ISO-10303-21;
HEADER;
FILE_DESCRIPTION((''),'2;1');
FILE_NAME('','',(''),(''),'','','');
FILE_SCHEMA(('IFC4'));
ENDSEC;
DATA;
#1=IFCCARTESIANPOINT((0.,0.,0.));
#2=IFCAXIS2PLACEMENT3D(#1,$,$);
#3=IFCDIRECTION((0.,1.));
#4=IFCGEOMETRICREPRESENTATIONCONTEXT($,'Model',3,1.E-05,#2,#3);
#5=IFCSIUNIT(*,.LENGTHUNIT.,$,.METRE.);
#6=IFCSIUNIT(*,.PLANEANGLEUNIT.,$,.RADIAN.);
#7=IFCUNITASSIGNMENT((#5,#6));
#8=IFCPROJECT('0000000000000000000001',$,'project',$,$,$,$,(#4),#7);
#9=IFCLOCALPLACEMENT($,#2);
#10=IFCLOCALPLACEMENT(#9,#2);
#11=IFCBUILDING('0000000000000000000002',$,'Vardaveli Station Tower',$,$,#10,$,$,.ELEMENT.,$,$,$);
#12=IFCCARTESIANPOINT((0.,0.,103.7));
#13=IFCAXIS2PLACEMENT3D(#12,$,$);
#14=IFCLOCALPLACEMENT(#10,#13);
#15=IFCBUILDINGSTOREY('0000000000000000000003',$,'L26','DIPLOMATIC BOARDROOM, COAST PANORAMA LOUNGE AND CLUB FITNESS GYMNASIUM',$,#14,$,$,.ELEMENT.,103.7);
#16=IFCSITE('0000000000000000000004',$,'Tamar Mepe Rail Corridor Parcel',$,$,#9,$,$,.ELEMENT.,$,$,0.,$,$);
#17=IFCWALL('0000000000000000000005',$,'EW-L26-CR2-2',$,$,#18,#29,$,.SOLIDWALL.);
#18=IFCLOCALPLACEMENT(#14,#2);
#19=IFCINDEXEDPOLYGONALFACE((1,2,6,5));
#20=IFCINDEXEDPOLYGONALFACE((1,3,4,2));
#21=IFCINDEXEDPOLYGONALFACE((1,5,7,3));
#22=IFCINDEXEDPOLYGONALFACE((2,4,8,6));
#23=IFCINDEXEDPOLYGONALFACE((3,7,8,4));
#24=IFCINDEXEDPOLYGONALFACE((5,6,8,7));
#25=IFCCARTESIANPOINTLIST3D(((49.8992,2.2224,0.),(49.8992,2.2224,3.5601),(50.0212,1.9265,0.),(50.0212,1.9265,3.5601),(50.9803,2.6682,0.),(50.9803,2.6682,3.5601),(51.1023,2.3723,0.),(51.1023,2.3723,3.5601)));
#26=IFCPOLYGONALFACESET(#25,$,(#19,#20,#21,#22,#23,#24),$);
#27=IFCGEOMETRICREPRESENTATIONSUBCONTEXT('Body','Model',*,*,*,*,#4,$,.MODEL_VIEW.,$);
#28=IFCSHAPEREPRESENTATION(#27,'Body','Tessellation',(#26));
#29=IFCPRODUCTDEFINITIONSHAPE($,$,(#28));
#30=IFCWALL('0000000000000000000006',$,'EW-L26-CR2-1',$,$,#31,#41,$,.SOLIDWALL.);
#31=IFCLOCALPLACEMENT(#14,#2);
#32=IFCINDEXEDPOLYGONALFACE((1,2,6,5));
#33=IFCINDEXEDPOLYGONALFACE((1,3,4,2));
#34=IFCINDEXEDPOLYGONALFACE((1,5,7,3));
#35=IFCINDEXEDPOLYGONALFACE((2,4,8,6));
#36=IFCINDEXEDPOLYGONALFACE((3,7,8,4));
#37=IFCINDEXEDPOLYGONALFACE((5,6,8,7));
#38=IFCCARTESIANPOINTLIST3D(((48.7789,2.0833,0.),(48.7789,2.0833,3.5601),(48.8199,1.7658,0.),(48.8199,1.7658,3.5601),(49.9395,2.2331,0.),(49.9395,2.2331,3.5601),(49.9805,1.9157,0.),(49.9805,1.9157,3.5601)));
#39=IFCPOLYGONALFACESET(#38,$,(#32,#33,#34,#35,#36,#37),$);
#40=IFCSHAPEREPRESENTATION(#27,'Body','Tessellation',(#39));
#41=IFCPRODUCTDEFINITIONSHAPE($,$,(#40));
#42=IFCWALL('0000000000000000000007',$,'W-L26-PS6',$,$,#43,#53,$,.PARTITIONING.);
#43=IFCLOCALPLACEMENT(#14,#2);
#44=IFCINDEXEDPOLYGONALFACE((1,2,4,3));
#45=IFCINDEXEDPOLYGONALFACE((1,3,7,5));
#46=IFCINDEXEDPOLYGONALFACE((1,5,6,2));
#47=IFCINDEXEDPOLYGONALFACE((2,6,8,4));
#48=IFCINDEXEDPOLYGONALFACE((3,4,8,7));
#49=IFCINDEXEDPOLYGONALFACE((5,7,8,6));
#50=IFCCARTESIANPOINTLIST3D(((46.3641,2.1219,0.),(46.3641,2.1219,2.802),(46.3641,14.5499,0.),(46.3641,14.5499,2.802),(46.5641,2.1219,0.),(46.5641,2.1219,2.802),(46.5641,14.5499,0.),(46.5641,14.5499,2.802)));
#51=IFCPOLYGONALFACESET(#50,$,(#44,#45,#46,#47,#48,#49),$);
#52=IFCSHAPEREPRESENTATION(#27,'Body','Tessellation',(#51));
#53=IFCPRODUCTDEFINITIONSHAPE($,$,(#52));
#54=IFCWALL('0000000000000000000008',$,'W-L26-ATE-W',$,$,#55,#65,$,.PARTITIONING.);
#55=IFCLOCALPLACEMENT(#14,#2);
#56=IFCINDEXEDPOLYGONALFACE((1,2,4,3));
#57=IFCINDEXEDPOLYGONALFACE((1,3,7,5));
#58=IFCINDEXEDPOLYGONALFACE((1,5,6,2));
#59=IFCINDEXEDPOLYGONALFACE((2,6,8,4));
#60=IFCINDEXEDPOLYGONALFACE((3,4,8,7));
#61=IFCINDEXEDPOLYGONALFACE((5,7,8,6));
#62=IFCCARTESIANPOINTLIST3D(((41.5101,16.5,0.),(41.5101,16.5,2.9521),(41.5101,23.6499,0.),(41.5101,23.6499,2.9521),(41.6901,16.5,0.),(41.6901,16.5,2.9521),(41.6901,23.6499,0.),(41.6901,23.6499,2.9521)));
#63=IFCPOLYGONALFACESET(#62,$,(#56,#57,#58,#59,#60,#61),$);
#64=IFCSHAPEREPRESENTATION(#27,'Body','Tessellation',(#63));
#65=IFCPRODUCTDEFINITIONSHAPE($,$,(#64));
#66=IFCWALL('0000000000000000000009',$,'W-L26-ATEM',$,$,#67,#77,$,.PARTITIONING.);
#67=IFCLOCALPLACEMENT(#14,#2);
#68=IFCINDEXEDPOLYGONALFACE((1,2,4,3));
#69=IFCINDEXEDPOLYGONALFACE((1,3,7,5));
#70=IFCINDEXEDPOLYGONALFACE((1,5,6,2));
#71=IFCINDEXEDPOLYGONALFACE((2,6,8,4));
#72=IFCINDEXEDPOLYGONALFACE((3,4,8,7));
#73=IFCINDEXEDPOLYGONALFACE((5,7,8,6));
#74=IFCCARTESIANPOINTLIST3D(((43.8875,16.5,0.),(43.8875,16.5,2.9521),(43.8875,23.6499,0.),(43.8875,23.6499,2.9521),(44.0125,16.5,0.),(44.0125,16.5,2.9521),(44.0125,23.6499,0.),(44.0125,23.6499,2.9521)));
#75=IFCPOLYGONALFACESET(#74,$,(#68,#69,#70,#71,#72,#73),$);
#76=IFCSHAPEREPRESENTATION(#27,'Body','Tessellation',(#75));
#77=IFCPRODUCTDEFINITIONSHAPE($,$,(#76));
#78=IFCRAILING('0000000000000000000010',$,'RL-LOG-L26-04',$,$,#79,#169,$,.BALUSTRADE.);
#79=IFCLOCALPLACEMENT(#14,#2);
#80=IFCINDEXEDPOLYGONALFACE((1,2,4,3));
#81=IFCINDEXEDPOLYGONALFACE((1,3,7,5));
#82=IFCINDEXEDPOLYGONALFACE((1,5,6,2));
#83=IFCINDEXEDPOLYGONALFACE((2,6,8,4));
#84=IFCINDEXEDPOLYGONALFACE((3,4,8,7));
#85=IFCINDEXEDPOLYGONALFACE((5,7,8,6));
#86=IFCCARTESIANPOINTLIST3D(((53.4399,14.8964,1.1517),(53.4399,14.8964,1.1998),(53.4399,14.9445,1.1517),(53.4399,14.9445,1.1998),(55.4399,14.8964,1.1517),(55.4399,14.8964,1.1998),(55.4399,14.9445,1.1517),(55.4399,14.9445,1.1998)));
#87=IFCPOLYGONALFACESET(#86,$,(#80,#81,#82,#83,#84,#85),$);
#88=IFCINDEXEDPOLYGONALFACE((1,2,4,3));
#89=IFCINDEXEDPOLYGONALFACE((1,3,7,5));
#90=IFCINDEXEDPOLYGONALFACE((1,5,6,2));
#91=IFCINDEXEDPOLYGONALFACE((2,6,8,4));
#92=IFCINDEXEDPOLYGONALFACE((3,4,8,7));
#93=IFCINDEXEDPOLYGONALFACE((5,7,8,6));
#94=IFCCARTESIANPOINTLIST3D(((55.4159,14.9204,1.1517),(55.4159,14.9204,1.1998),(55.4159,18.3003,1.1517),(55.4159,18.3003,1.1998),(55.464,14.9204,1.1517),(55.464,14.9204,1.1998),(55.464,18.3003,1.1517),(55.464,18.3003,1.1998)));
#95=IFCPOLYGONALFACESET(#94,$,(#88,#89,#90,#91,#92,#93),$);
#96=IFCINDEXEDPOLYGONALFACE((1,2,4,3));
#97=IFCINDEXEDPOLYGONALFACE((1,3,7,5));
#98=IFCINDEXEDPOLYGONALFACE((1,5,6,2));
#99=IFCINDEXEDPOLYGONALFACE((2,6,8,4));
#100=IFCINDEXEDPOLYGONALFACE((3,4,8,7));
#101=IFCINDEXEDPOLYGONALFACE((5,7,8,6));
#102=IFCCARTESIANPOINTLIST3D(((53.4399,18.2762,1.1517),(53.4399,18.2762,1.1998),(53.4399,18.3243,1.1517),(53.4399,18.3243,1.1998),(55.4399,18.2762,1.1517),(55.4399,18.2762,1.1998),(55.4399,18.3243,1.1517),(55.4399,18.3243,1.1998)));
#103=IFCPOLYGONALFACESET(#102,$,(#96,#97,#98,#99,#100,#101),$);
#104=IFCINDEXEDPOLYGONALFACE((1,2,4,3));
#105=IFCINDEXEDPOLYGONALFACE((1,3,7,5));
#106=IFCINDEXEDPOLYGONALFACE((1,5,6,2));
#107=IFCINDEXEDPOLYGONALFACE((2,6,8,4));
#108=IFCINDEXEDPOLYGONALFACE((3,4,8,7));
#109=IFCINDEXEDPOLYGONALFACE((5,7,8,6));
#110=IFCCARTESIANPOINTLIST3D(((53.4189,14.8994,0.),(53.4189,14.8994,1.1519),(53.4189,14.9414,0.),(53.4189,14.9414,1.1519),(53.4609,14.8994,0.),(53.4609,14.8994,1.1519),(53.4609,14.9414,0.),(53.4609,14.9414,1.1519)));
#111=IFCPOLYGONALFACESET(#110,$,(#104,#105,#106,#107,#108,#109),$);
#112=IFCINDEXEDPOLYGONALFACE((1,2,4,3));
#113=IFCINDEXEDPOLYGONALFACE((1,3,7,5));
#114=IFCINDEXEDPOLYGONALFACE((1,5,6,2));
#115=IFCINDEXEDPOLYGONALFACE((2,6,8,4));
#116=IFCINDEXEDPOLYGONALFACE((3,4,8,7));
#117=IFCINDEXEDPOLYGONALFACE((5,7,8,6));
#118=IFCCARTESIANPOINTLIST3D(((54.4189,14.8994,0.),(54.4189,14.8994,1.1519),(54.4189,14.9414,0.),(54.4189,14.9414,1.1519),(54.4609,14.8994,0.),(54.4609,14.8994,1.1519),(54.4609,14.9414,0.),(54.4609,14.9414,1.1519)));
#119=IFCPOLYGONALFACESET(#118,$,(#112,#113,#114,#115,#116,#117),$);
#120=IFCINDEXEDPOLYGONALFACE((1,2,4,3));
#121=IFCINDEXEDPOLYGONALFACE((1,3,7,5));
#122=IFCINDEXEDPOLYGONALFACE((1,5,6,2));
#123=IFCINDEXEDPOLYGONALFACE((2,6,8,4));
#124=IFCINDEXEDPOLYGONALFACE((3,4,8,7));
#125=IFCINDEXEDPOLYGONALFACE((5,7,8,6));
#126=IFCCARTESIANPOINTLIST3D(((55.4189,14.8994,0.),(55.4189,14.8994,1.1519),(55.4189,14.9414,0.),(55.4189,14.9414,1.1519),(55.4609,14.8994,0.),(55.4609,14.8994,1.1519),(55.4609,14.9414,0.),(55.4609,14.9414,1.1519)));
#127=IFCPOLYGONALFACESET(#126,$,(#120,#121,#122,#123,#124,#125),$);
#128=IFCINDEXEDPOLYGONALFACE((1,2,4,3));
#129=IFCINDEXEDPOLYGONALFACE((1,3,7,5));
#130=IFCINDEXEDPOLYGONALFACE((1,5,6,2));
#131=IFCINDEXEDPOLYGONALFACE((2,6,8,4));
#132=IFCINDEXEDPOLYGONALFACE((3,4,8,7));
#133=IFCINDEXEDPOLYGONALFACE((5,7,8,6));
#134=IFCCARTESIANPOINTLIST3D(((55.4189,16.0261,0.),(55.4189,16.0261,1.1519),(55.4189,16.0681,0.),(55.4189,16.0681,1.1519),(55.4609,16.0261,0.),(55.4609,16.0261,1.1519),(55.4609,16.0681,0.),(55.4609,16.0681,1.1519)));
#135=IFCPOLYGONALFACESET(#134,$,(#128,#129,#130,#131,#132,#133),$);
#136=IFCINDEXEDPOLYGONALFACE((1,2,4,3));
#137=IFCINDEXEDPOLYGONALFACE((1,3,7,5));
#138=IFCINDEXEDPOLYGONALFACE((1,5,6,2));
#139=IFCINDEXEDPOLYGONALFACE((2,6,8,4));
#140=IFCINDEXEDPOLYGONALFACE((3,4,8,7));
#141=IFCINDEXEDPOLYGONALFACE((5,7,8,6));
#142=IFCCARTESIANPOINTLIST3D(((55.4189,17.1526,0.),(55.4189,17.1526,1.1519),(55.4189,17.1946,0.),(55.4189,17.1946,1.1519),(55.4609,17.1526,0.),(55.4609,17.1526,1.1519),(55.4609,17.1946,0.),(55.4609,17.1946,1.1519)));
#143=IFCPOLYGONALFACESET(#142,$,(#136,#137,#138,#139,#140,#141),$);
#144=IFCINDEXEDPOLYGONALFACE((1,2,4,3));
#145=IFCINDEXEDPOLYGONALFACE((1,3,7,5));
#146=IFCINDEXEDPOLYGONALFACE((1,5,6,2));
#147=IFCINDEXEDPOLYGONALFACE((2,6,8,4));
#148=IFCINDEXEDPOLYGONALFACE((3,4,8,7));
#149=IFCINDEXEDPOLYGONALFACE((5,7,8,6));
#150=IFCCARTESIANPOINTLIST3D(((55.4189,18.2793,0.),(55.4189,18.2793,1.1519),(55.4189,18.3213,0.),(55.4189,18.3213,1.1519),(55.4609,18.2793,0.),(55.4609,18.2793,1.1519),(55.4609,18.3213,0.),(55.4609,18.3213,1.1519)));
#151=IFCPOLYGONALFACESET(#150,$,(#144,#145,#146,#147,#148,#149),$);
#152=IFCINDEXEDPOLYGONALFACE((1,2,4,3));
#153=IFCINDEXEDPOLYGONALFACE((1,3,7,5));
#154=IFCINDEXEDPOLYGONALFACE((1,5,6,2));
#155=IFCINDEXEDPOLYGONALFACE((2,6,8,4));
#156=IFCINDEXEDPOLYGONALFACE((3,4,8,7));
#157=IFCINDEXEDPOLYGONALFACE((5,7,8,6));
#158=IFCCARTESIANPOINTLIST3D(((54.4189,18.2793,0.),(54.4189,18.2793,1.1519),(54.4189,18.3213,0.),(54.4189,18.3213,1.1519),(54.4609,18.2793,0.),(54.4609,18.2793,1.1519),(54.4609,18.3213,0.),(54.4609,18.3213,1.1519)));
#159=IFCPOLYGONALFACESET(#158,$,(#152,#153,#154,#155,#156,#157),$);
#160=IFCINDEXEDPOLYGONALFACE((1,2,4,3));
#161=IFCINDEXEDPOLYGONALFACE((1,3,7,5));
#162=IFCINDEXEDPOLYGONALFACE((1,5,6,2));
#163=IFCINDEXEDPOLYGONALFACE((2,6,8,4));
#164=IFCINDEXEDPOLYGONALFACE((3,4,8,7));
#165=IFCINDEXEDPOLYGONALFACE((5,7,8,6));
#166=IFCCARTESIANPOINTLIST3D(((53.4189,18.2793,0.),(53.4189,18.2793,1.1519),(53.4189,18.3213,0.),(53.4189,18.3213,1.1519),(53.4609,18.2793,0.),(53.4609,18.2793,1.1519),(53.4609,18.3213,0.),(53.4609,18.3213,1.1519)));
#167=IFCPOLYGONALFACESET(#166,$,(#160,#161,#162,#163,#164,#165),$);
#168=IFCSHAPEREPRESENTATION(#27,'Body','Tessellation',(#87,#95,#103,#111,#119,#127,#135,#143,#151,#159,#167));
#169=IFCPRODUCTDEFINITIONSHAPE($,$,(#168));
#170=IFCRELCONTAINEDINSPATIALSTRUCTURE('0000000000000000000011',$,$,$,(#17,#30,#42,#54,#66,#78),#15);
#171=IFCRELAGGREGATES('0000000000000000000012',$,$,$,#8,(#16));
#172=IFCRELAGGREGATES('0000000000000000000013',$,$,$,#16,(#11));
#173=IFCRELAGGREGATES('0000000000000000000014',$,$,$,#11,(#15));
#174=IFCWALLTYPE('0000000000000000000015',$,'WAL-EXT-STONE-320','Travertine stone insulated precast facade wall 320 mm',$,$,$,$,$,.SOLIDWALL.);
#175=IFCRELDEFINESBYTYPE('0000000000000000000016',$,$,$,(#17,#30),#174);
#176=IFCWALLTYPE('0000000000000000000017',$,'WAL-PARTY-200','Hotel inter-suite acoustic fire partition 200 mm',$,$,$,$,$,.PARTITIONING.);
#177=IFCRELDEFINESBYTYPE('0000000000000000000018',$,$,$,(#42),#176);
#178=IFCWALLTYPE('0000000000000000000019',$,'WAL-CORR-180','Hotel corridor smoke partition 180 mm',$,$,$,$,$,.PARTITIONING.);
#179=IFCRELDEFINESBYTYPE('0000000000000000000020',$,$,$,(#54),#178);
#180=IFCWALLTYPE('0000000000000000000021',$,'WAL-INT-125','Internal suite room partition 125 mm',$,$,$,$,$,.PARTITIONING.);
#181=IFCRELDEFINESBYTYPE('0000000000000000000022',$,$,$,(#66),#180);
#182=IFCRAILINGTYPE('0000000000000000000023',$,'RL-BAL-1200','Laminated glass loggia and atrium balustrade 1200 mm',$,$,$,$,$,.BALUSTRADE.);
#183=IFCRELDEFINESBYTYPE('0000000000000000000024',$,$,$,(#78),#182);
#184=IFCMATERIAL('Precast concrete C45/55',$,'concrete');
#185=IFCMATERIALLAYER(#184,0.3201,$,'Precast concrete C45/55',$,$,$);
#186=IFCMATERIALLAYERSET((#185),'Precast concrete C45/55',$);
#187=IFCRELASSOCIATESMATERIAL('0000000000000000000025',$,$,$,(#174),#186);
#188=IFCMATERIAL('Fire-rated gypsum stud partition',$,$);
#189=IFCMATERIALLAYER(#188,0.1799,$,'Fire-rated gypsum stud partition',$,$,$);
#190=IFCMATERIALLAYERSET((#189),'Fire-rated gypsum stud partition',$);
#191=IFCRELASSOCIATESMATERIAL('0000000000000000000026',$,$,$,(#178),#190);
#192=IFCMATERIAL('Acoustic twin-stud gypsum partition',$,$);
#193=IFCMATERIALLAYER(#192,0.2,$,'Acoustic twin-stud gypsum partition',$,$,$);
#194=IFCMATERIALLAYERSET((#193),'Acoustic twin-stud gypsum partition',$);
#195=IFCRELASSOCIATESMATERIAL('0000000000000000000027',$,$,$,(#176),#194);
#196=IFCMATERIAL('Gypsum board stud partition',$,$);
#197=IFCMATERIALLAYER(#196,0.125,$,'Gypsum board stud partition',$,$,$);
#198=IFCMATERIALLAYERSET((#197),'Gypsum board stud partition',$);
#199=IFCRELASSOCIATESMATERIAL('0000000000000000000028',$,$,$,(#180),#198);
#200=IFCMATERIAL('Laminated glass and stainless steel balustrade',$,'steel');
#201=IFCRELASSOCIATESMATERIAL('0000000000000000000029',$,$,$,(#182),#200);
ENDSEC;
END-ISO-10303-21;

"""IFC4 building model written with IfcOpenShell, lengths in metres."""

from ifc_helpers import new_model, si_unit, direction, frame, frame_2d, origin, origin_2d, place, context, subcontext, project, spatial, rectangle, extrude, source, transform, mapped, material, layer, layer_set, type_object, element, save


model = new_model("IFC4")

# Units and contexts
model_context = context("Model", 3, precision=1e-05, world=origin(), true_north=direction((0.0, 1.0)))
body_context = subcontext(model_context, "Body", "Model", "MODEL_VIEW")
ifc_project = project(units=[si_unit("LENGTHUNIT", "METRE"), si_unit("PLANEANGLEUNIT", "RADIAN")], contexts=[model_context])

# Site, building, storey
site_placement = place(None, origin())
site = spatial("IfcSite", under=ifc_project, at=site_placement, Name="Tamar Mepe Rail Corridor Parcel", CompositionType="ELEMENT", RefElevation=0.0)
building_placement = place(site_placement, origin())
building = spatial("IfcBuilding", under=site, at=building_placement, Name="Vardaveli Station Tower", CompositionType="ELEMENT")
storey_placement = place(building_placement, frame((0.0, 0.0, 103.7)))
storey = spatial("IfcBuildingStorey", under=building, at=storey_placement, Name="L26", Description="DIPLOMATIC BOARDROOM, COAST PANORAMA LOUNGE AND CLUB FITNESS GYMNASIUM", CompositionType="ELEMENT", Elevation=103.7)

# Shared definitions
ifc_material_1 = material(Name="Precast concrete C45/55", Category="concrete")

# Shared definitions
ifc_layer_1 = layer(ifc_material_1, 0.3201, Name="Precast concrete C45/55")
ifc_layer_set_1 = layer_set([ifc_layer_1], Name="Precast concrete C45/55")
wall_type_1 = type_object("IfcWallType", Name="WAL-EXT-STONE-320", Description="Travertine stone insulated precast facade wall 320 mm", PredefinedType="SOLIDWALL", material=ifc_layer_set_1)

# Walls
shared_shape_1 = source(origin(), body_context, "Body", "SweptSolid", [
    extrude(rectangle(XDim=1.1694, YDim=0.3201, at=frame_2d((0.5847, 0.0))), origin(), (0.0, 0.0, 1.0), 3.5601),
])
wall_1_placement = place(storey_placement, frame((49.9602, 2.0745, 0.0), z_axis=(0.0, 0.0, 1.0), x_axis=(0.924479, 0.381233, 0.0)))
element("IfcWall", 1, at=wall_1_placement, inside=storey, type_object=wall_type_1, Name="EW-L26-CR2-2", PredefinedType="SOLIDWALL", context=body_context, shape_type="MappedRepresentation", body=[
    mapped(shared_shape_1, transform((0.0, 0.0, 0.0), scale=1.0)),
])
shared_shape_2 = source(origin(), body_context, "Body", "SweptSolid", [
    extrude(rectangle(XDim=1.1702, YDim=0.3201, at=frame_2d((0.585, 0.0))), origin(), (0.0, 0.0, 1.0), 3.5601),
])
wall_2_placement = place(storey_placement, frame((48.7996, 1.9246, 0.0), z_axis=(0.0, 0.0, 1.0), x_axis=(0.991762, 0.12809, 0.0)))
element("IfcWall", 2, at=wall_2_placement, inside=storey, type_object=wall_type_1, Name="EW-L26-CR2-1", PredefinedType="SOLIDWALL", context=body_context, shape_type="MappedRepresentation", body=[
    mapped(shared_shape_2, transform((0.0, 0.0, 0.0), scale=1.0)),
])

# Shared definitions
ifc_material_2 = material(Name="Fire-rated gypsum stud partition")
ifc_layer_2 = layer(ifc_material_2, 0.1799, Name="Fire-rated gypsum stud partition")
ifc_layer_set_2 = layer_set([ifc_layer_2], Name="Fire-rated gypsum stud partition")
wall_type_2 = type_object("IfcWallType", Name="WAL-CORR-180", Description="Hotel corridor smoke partition 180 mm", PredefinedType="PARTITIONING", material=ifc_layer_set_2)

# Walls
ifc_material_3 = material(Name="Acoustic twin-stud gypsum partition")
ifc_layer_3 = layer(ifc_material_3, 0.2, Name="Acoustic twin-stud gypsum partition")
ifc_layer_set_3 = layer_set([ifc_layer_3], Name="Acoustic twin-stud gypsum partition")
wall_type_3 = type_object("IfcWallType", Name="WAL-PARTY-200", Description="Hotel inter-suite acoustic fire partition 200 mm", PredefinedType="PARTITIONING", material=ifc_layer_set_3)
shared_shape_3 = source(origin(), body_context, "Body", "SweptSolid", [
    extrude(rectangle(XDim=12.428, YDim=0.2, at=frame_2d((6.2139, 0.0))), origin(), (0.0, 0.0, 1.0), 2.802),
])
wall_3_placement = place(storey_placement, frame((46.4641, 2.1221, 0.0), z_axis=(0.0, 0.0, 1.0), x_axis=(0.0, 1.0, 0.0)))
element("IfcWall", 3, at=wall_3_placement, inside=storey, type_object=wall_type_3, Name="W-L26-PS6", PredefinedType="PARTITIONING", context=body_context, shape_type="MappedRepresentation", body=[
    mapped(shared_shape_3, transform((0.0, 0.0, 0.0), scale=1.0)),
])
shared_shape_4 = source(origin(), body_context, "Body", "SweptSolid", [
    extrude(rectangle(XDim=7.1499, YDim=0.1799, at=frame_2d((3.575, 0.0))), origin(), (0.0, 0.0, 1.0), 2.9521),
])
wall_4_placement = place(storey_placement, frame((41.6001, 16.5, 0.0), z_axis=(0.0, 0.0, 1.0), x_axis=(0.0, 1.0, 0.0)))
element("IfcWall", 4, at=wall_4_placement, inside=storey, type_object=wall_type_2, Name="W-L26-ATE-W", PredefinedType="PARTITIONING", context=body_context, shape_type="MappedRepresentation", body=[
    mapped(shared_shape_4, transform((0.0, 0.0, 0.0), scale=1.0)),
])
ifc_material_4 = material(Name="Gypsum board stud partition")
ifc_layer_4 = layer(ifc_material_4, 0.125, Name="Gypsum board stud partition")
ifc_layer_set_4 = layer_set([ifc_layer_4], Name="Gypsum board stud partition")
wall_type_4 = type_object("IfcWallType", Name="WAL-INT-125", Description="Internal suite room partition 125 mm", PredefinedType="PARTITIONING", material=ifc_layer_set_4)
shared_shape_5 = source(origin(), body_context, "Body", "SweptSolid", [
    extrude(rectangle(XDim=7.1499, YDim=0.125, at=frame_2d((3.575, 0.0))), origin(), (0.0, 0.0, 1.0), 2.9521),
])
wall_5_placement = place(storey_placement, frame((43.95, 16.5, 0.0), z_axis=(0.0, 0.0, 1.0), x_axis=(0.0, 1.0, 0.0)))
element("IfcWall", 5, at=wall_5_placement, inside=storey, type_object=wall_type_4, Name="W-L26-ATEM", PredefinedType="PARTITIONING", context=body_context, shape_type="MappedRepresentation", body=[
    mapped(shared_shape_5, transform((0.0, 0.0, 0.0), scale=1.0)),
])

# Railing
ifc_material_5 = material(Name="Laminated glass and stainless steel balustrade", Category="steel")
railing_type = type_object("IfcRailingType", Name="RL-BAL-1200", Description="Laminated glass loggia and atrium balustrade 1200 mm", PredefinedType="BALUSTRADE", material=ifc_material_5)
shared_shape_6 = source(origin(), body_context, "Body", "SweptSolid", [
    extrude(rectangle(XDim=0.0481, YDim=0.0481, at=origin_2d()), frame((0.0, 0.0, 1.1758), z_axis=(1.0, 0.0, 0.0), x_axis=(0.0, 1.0, 0.0)), (0.0, 0.0, 1.0), 2.0),
    extrude(rectangle(XDim=0.0481, YDim=0.0481, at=origin_2d()), frame((2.0, 0.0, 1.1758), z_axis=(0.0, 1.0, 0.0), x_axis=(-1.0, 0.0, 0.0)), (0.0, 0.0, 1.0), 3.3799),
    extrude(rectangle(XDim=0.0481, YDim=0.0481, at=origin_2d()), frame((2.0, 3.3799, 1.1758), z_axis=(-1.0, 0.0, 0.0), x_axis=(0.0, -1.0, 0.0)), (0.0, 0.0, 1.0), 2.0),
    extrude(rectangle(XDim=0.042, YDim=0.042, at=origin_2d()), origin(), (0.0, 0.0, 1.0), 1.1519),
    extrude(rectangle(XDim=0.042, YDim=0.042, at=origin_2d()), frame((1.0, 0.0, 0.0)), (0.0, 0.0, 1.0), 1.1519),
    extrude(rectangle(XDim=0.042, YDim=0.042, at=origin_2d()), frame((2.0, 0.0, 0.0)), (0.0, 0.0, 1.0), 1.1519),
    extrude(rectangle(XDim=0.042, YDim=0.042, at=origin_2d()), frame((2.0, 1.1267, 0.0)), (0.0, 0.0, 1.0), 1.1519),
    extrude(rectangle(XDim=0.042, YDim=0.042, at=origin_2d()), frame((2.0, 2.2532, 0.0)), (0.0, 0.0, 1.0), 1.1519),
    extrude(rectangle(XDim=0.042, YDim=0.042, at=origin_2d()), frame((2.0, 3.3799, 0.0)), (0.0, 0.0, 1.0), 1.1519),
    extrude(rectangle(XDim=0.042, YDim=0.042, at=origin_2d()), frame((1.0, 3.3799, 0.0)), (0.0, 0.0, 1.0), 1.1519),
    extrude(rectangle(XDim=0.042, YDim=0.042, at=origin_2d()), frame((0.0, 3.3799, 0.0)), (0.0, 0.0, 1.0), 1.1519),
])
railing_placement = place(storey_placement, frame((53.4399, 14.9204, 0.0)))
element("IfcRailing", 6, at=railing_placement, inside=storey, type_object=railing_type, Name="RL-LOG-L26-04", PredefinedType="BALUSTRADE", context=body_context, shape_type="MappedRepresentation", body=[
    mapped(shared_shape_6, transform((0.0, 0.0, 0.0), scale=1.0)),
])

save(model, "model.ifc")
